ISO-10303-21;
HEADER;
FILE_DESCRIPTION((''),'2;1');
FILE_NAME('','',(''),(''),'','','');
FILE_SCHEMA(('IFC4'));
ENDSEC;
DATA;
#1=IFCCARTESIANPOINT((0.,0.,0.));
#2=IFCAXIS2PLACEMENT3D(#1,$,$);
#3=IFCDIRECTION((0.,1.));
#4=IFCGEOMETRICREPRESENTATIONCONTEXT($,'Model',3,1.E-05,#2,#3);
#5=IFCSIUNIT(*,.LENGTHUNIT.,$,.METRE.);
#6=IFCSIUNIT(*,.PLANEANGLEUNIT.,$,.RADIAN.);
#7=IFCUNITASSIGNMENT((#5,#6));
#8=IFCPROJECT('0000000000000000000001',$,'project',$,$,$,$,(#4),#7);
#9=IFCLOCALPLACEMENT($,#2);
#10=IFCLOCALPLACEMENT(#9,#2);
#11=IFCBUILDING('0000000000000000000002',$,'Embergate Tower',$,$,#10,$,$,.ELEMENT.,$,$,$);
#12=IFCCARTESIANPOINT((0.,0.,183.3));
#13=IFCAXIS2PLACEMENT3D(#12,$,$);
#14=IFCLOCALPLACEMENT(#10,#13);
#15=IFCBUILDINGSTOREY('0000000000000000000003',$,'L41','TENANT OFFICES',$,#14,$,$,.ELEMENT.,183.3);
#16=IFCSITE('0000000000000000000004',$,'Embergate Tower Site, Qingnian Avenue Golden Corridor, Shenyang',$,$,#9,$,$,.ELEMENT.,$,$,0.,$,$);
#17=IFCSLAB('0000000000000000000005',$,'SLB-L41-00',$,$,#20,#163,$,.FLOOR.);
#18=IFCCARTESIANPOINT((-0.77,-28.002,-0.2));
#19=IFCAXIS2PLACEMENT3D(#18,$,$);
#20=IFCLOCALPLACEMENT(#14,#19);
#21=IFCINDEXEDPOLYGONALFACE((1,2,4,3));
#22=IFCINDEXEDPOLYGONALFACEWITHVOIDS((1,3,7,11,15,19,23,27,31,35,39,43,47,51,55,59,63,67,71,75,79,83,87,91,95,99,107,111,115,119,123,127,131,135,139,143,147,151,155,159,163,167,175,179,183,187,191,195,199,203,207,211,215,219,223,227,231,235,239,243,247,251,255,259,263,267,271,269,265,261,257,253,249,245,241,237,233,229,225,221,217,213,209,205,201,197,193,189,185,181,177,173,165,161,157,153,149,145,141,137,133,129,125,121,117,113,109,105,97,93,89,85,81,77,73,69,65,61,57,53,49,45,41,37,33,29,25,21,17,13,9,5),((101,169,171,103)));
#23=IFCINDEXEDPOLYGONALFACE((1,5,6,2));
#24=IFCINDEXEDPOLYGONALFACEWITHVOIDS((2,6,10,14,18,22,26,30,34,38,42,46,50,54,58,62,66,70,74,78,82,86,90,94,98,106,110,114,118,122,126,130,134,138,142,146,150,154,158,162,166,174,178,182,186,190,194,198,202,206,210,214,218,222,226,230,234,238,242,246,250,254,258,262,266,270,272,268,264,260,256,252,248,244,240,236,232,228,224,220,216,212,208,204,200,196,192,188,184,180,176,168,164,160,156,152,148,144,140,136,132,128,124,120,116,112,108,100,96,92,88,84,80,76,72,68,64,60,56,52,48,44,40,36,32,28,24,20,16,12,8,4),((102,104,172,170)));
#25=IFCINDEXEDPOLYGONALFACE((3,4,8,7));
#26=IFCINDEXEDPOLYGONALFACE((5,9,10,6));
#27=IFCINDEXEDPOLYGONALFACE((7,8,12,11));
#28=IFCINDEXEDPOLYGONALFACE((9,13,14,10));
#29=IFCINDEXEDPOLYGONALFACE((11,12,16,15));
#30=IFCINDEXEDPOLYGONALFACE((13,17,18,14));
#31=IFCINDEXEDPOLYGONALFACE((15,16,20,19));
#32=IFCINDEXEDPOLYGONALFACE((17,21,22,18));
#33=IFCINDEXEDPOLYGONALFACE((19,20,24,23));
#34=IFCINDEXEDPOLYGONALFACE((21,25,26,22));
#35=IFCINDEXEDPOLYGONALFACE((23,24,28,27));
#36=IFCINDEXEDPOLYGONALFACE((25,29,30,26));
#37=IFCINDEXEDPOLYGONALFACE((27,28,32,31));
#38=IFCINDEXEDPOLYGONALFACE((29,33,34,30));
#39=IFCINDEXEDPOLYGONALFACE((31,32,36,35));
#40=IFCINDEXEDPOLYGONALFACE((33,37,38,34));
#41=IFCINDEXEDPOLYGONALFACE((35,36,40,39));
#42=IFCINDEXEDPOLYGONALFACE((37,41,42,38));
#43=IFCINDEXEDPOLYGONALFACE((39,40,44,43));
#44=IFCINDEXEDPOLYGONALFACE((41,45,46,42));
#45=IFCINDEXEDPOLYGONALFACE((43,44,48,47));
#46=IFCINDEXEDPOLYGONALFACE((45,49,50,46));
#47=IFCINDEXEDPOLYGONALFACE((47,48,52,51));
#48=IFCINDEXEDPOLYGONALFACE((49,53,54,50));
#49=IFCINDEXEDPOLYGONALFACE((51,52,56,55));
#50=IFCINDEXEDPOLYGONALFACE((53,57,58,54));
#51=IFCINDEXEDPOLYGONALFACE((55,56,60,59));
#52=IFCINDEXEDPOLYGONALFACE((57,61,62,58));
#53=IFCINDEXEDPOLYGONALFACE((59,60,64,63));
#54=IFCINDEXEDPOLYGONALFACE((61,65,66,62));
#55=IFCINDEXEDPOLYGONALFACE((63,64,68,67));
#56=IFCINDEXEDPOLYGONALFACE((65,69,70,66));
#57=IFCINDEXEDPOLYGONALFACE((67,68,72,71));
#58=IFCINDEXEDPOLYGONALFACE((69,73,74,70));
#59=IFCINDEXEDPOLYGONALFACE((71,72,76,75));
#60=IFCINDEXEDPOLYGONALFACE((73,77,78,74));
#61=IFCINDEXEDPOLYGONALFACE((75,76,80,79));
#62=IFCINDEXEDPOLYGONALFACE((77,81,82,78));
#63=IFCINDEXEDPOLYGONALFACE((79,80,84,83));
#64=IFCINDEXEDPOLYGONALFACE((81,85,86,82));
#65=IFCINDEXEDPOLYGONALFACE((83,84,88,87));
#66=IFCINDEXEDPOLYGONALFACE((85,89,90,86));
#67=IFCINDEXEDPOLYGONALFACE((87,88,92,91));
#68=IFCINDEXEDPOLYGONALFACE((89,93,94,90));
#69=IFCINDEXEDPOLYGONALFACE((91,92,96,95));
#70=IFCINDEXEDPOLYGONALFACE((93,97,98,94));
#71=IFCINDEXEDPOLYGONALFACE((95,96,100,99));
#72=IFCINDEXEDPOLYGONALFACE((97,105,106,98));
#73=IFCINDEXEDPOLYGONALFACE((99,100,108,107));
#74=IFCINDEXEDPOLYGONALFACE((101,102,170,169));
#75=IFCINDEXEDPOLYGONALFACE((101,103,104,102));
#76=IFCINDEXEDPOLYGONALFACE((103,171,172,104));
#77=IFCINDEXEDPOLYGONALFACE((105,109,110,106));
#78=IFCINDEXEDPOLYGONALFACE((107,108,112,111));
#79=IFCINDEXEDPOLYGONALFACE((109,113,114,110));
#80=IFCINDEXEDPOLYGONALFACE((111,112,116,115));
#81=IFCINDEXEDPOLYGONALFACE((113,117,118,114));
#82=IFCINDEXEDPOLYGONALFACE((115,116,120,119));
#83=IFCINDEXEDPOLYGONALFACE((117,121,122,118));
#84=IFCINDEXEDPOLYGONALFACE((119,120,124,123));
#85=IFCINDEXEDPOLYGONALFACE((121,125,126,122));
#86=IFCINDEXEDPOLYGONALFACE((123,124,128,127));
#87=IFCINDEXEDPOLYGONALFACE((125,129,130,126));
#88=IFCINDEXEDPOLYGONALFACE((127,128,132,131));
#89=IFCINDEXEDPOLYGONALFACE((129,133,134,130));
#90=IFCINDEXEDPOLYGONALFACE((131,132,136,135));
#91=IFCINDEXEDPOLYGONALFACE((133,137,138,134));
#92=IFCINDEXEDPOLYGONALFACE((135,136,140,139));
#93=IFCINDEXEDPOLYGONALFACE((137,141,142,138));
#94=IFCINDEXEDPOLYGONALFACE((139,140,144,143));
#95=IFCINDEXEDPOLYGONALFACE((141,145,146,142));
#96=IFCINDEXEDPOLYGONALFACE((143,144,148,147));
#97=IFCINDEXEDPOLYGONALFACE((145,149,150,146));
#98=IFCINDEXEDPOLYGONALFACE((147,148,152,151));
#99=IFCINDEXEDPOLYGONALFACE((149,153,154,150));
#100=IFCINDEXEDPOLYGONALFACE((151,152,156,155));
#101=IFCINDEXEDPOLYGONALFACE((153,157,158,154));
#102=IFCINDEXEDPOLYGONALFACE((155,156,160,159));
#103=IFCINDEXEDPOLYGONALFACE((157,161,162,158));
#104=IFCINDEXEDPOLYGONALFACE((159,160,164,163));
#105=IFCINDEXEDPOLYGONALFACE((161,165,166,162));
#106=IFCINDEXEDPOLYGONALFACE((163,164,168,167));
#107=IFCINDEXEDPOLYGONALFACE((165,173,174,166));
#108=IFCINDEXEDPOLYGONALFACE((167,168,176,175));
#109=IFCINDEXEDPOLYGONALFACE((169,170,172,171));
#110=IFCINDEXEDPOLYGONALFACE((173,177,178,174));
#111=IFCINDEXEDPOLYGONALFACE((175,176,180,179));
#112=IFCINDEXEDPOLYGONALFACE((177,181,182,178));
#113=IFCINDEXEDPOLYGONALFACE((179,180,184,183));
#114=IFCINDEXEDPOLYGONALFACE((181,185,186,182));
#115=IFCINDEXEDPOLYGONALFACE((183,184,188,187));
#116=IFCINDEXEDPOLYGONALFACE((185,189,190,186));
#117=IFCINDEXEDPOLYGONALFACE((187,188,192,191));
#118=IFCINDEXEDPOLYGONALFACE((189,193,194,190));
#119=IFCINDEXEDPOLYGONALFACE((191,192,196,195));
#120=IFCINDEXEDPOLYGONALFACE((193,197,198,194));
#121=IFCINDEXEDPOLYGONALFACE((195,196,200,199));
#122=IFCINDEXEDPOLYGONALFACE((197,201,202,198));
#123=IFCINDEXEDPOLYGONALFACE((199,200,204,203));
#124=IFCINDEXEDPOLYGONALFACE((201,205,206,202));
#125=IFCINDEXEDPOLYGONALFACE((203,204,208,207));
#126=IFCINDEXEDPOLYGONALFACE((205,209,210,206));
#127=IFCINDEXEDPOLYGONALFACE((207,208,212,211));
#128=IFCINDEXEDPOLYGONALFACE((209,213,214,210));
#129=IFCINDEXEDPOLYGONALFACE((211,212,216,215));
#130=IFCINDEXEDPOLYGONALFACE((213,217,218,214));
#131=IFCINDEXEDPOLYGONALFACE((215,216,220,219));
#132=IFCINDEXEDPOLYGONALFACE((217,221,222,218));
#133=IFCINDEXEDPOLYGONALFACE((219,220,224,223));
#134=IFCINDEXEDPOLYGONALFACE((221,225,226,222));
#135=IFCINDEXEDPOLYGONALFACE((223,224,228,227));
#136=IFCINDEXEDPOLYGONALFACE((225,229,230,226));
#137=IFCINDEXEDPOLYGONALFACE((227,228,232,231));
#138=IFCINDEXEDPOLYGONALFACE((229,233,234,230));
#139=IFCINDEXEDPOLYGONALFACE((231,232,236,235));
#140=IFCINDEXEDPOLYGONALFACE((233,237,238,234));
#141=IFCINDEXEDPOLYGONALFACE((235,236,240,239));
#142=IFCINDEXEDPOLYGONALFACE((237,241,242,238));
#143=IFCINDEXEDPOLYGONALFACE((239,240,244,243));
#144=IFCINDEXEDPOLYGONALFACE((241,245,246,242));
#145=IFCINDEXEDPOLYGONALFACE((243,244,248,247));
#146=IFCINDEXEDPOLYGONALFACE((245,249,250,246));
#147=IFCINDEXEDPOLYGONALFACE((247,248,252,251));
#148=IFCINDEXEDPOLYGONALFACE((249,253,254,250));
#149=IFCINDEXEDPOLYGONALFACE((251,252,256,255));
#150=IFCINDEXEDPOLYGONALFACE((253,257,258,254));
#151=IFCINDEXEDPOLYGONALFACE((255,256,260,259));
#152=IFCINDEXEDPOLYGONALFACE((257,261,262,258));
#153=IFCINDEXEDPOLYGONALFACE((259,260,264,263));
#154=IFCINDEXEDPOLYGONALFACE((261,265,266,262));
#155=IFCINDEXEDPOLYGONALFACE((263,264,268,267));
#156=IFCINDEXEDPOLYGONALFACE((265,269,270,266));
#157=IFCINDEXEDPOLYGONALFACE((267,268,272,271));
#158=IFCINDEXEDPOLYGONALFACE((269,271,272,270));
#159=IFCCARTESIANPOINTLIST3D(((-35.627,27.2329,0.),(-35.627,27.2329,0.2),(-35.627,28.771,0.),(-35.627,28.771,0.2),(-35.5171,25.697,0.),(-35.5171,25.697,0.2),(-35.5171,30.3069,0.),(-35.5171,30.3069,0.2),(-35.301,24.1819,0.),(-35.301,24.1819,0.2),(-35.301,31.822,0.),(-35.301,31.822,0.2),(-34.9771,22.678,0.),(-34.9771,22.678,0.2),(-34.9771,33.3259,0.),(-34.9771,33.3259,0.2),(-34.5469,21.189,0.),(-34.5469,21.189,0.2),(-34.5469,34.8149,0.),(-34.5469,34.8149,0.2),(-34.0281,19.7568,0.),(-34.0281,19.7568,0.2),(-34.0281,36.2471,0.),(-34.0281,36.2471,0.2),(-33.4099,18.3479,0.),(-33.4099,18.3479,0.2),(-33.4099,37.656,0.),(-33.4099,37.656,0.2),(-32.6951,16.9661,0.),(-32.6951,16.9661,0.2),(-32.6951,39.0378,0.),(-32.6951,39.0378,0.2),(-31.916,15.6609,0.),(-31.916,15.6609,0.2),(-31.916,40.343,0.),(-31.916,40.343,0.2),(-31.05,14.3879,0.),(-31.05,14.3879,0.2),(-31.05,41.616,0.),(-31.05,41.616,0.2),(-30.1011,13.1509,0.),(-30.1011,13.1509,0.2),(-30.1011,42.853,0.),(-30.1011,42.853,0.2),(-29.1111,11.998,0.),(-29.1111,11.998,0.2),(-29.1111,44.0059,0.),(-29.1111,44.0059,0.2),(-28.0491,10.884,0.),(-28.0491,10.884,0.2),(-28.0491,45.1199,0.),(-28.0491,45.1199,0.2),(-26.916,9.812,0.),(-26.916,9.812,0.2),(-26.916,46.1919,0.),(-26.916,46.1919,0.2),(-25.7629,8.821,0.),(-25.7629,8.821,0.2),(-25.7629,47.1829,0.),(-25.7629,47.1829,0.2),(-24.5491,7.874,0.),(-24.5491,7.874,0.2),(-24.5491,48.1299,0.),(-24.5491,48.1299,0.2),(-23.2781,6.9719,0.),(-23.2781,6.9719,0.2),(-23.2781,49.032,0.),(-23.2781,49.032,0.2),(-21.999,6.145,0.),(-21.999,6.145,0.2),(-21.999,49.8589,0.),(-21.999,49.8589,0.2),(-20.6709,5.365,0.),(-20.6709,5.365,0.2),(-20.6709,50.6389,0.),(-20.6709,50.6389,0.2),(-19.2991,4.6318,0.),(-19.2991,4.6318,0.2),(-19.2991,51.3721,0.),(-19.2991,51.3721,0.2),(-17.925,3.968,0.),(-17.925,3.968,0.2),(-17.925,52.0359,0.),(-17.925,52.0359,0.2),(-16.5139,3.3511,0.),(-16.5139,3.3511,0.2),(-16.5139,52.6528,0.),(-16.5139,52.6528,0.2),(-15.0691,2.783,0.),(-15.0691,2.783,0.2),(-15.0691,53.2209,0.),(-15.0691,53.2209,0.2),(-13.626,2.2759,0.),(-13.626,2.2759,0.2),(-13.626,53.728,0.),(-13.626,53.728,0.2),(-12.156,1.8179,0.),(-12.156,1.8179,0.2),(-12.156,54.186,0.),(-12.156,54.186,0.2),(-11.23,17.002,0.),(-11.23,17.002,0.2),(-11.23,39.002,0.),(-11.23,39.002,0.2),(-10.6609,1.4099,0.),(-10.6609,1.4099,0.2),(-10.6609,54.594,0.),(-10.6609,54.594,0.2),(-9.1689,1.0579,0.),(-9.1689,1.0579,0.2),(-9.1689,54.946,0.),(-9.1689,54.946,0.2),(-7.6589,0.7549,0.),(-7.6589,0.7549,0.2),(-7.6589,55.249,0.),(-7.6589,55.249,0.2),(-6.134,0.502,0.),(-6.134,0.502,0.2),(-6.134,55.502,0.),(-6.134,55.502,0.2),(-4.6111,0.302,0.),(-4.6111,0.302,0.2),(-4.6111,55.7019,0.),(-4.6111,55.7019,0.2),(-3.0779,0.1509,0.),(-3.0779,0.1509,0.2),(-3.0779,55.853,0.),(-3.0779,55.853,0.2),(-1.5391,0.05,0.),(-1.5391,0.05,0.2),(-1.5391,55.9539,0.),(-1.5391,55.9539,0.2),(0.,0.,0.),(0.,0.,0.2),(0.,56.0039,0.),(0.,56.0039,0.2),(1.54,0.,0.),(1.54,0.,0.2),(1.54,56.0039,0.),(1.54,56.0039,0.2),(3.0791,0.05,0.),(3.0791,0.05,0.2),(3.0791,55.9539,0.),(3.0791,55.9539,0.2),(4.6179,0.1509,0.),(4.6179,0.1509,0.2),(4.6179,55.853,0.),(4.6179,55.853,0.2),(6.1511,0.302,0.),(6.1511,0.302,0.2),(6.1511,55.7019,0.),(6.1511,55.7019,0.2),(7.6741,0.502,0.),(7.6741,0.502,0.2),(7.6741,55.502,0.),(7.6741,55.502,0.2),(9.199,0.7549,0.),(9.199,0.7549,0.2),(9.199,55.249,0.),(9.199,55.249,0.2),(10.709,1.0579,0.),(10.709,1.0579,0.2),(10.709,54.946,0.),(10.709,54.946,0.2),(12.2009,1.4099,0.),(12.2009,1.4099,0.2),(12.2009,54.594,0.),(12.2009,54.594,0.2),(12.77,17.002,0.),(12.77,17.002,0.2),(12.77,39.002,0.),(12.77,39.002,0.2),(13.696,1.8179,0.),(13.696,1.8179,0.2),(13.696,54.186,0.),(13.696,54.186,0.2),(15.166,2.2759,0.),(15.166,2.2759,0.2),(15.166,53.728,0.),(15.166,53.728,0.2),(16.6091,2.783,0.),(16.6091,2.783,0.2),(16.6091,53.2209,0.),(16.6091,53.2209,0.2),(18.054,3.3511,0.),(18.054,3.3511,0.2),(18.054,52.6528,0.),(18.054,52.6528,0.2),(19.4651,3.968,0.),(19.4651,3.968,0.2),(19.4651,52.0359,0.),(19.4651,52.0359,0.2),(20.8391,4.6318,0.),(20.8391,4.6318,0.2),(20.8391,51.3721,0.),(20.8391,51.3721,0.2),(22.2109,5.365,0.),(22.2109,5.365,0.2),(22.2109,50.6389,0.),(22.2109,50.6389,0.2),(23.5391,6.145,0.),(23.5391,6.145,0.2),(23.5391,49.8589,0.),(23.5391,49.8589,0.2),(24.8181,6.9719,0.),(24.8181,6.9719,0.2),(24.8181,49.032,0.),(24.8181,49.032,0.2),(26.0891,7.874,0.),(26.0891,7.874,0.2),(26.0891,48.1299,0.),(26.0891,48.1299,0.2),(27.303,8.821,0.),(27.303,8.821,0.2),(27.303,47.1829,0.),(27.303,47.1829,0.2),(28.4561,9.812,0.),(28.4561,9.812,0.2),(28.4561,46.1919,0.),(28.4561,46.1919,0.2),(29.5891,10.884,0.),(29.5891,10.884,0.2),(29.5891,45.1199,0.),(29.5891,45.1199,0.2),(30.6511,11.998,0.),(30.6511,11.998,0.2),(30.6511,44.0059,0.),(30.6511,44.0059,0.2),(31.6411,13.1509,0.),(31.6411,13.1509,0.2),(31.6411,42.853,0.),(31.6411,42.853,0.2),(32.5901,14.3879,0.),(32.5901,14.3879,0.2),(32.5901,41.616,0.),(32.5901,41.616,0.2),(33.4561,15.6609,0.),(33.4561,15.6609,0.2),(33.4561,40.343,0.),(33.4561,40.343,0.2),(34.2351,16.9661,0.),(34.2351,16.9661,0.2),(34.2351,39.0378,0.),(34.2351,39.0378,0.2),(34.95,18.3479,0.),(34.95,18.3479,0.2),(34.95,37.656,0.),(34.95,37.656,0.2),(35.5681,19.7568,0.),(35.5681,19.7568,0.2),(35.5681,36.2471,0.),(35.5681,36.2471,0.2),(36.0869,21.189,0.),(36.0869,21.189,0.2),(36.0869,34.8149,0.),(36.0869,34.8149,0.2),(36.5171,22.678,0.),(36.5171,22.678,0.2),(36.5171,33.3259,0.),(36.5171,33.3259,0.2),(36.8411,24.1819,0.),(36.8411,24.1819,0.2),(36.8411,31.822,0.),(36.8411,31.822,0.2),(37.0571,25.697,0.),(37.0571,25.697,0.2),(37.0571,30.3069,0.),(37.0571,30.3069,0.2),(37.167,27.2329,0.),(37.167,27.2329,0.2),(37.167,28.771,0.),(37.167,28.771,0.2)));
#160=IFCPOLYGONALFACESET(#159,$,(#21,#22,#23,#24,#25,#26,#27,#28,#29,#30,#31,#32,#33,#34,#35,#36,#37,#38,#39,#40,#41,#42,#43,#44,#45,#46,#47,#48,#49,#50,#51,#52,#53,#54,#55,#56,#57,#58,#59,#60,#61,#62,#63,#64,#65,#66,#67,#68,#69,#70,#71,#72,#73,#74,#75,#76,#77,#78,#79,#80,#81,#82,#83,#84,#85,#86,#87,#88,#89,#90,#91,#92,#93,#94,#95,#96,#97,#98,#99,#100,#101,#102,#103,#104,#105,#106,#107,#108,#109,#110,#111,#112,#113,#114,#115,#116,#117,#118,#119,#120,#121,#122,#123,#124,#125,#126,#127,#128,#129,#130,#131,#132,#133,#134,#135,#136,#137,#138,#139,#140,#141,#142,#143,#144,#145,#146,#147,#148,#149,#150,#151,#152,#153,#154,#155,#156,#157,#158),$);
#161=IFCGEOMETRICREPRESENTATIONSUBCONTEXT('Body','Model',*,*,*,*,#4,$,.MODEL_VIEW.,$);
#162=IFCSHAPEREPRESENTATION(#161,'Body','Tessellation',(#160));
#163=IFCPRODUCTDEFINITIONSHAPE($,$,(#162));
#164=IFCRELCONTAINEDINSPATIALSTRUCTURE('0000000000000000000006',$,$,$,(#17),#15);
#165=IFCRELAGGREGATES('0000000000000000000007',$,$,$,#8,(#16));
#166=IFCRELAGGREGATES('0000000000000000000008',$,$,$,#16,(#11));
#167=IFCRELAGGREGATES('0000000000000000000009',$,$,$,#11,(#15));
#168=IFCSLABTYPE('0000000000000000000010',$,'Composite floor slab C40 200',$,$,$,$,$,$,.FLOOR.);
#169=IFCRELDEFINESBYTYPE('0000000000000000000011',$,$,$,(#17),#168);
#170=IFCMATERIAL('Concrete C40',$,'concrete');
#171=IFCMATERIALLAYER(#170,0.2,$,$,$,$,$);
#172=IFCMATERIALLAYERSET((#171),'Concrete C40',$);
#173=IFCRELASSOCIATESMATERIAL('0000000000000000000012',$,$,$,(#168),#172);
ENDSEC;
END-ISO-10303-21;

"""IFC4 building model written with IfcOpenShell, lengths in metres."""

from ifc_helpers import new_model, si_unit, direction, frame, origin, place, context, subcontext, project, spatial, polyline, outline, extrude, source, transform, mapped, material, layer, layer_set, type_object, element, save


model = new_model("IFC4")

# Units and contexts
model_context = context("Model", 3, precision=1e-05, world=origin(), true_north=direction((0.0, 1.0)))
body_context = subcontext(model_context, "Body", "Model", "MODEL_VIEW")
ifc_project = project(units=[si_unit("LENGTHUNIT", "METRE"), si_unit("PLANEANGLEUNIT", "RADIAN")], contexts=[model_context])

# Site, building, storey
site_placement = place(None, origin())
site = spatial("IfcSite", under=ifc_project, at=site_placement, Name="Embergate Tower Site, Qingnian Avenue Golden Corridor, Shenyang", CompositionType="ELEMENT", RefElevation=0.0)
building_placement = place(site_placement, origin())
building = spatial("IfcBuilding", under=site, at=building_placement, Name="Embergate Tower", CompositionType="ELEMENT")
storey_placement = place(building_placement, frame((0.0, 0.0, 183.3)))
storey = spatial("IfcBuildingStorey", under=building, at=storey_placement, Name="L41", Description="TENANT OFFICES", CompositionType="ELEMENT", Elevation=183.3)

# Slab
ifc_material_1 = material(Name="Concrete C40", Category="concrete")
ifc_layer_1 = layer(ifc_material_1, 0.2)
ifc_layer_set_1 = layer_set([ifc_layer_1], Name="Concrete C40")
slab_type = type_object("IfcSlabType", Name="Composite floor slab C40 200", PredefinedType="FLOOR", material=ifc_layer_set_1)
shared_shape_1 = source(origin(), body_context, "Body", "SweptSolid", [
    extrude(outline(polyline([(0.0, 0.0), (1.54, 0.0), (3.0791, 0.05), (4.6179, 0.1509), (6.1511, 0.302), (7.6741, 0.502), (9.199, 0.7549), (10.709, 1.0579), (12.2009, 1.4099), (13.696, 1.8179), (15.166, 2.2759), (16.6091, 2.783), (18.054, 3.3511), (19.4651, 3.968), (20.8391, 4.6318), (22.2109, 5.365), (23.5391, 6.145), (24.8181, 6.9719), (26.0891, 7.874), (27.303, 8.821), (28.4561, 9.812), (29.5891, 10.884), (30.6511, 11.998), (31.6411, 13.1509), (32.5901, 14.3879), (33.4561, 15.6609), (34.2351, 16.9661), (34.95, 18.3479), (35.5681, 19.7568), (36.0869, 21.189), (36.5171, 22.678), (36.8411, 24.1819), (37.0571, 25.697), (37.167, 27.2329), (37.167, 28.771), (37.0571, 30.3069), (36.8411, 31.822), (36.5171, 33.3259), (36.0869, 34.8149), (35.5681, 36.2471), (34.95, 37.656), (34.2351, 39.0378), (33.4561, 40.343), (32.5901, 41.616), (31.6411, 42.853), (30.6511, 44.0059), (29.5891, 45.1199), (28.4561, 46.1919), (27.303, 47.1829), (26.0891, 48.1299), (24.8181, 49.032), (23.5391, 49.8589), (22.2109, 50.6389), (20.8391, 51.3721), (19.4651, 52.0359), (18.054, 52.6528), (16.6091, 53.2209), (15.166, 53.728), (13.696, 54.186), (12.2009, 54.594), (10.709, 54.946), (9.199, 55.249), (7.6741, 55.502), (6.1511, 55.7019), (4.6179, 55.853), (3.0791, 55.9539), (1.54, 56.0039), (0.0, 56.0039), (-1.5391, 55.9539), (-3.0779, 55.853), (-4.6111, 55.7019), (-6.134, 55.502), (-7.6589, 55.249), (-9.1689, 54.946), (-10.6609, 54.594), (-12.156, 54.186), (-13.626, 53.728), (-15.0691, 53.2209), (-16.5139, 52.6528), (-17.925, 52.0359), (-19.2991, 51.3721), (-20.6709, 50.6389), (-21.999, 49.8589), (-23.2781, 49.032), (-24.5491, 48.1299), (-25.7629, 47.1829), (-26.916, 46.1919), (-28.0491, 45.1199), (-29.1111, 44.0059), (-30.1011, 42.853), (-31.05, 41.616), (-31.916, 40.343), (-32.6951, 39.0378), (-33.4099, 37.656), (-34.0281, 36.2471), (-34.5469, 34.8149), (-34.9771, 33.3259), (-35.301, 31.822), (-35.5171, 30.3069), (-35.627, 28.771), (-35.627, 27.2329), (-35.5171, 25.697), (-35.301, 24.1819), (-34.9771, 22.678), (-34.5469, 21.189), (-34.0281, 19.7568), (-33.4099, 18.3479), (-32.6951, 16.9661), (-31.916, 15.6609), (-31.05, 14.3879), (-30.1011, 13.1509), (-29.1111, 11.998), (-28.0491, 10.884), (-26.916, 9.812), (-25.7629, 8.821), (-24.5491, 7.874), (-23.2781, 6.9719), (-21.999, 6.145), (-20.6709, 5.365), (-19.2991, 4.6318), (-17.925, 3.968), (-16.5139, 3.3511), (-15.0691, 2.783), (-13.626, 2.2759), (-12.156, 1.8179), (-10.6609, 1.4099), (-9.1689, 1.0579), (-7.6589, 0.7549), (-6.134, 0.502), (-4.6111, 0.302), (-3.0779, 0.1509), (-1.5391, 0.05), (0.0, 0.0)]), holes=[polyline([(-11.23, 17.002), (-11.23, 39.002), (12.77, 39.002), (12.77, 17.002), (-11.23, 17.002)])]), origin(), (0.0, 0.0, 1.0), 0.2),
])
slab_placement = place(storey_placement, frame((-0.77, -28.002, -0.2)))
element("IfcSlab", 1, at=slab_placement, inside=storey, type_object=slab_type, Name="SLB-L41-00", PredefinedType="FLOOR", context=body_context, shape_type="MappedRepresentation", body=[
    mapped(shared_shape_1, transform((0.0, 0.0, 0.0))),
])

save(model, "model.ifc")
